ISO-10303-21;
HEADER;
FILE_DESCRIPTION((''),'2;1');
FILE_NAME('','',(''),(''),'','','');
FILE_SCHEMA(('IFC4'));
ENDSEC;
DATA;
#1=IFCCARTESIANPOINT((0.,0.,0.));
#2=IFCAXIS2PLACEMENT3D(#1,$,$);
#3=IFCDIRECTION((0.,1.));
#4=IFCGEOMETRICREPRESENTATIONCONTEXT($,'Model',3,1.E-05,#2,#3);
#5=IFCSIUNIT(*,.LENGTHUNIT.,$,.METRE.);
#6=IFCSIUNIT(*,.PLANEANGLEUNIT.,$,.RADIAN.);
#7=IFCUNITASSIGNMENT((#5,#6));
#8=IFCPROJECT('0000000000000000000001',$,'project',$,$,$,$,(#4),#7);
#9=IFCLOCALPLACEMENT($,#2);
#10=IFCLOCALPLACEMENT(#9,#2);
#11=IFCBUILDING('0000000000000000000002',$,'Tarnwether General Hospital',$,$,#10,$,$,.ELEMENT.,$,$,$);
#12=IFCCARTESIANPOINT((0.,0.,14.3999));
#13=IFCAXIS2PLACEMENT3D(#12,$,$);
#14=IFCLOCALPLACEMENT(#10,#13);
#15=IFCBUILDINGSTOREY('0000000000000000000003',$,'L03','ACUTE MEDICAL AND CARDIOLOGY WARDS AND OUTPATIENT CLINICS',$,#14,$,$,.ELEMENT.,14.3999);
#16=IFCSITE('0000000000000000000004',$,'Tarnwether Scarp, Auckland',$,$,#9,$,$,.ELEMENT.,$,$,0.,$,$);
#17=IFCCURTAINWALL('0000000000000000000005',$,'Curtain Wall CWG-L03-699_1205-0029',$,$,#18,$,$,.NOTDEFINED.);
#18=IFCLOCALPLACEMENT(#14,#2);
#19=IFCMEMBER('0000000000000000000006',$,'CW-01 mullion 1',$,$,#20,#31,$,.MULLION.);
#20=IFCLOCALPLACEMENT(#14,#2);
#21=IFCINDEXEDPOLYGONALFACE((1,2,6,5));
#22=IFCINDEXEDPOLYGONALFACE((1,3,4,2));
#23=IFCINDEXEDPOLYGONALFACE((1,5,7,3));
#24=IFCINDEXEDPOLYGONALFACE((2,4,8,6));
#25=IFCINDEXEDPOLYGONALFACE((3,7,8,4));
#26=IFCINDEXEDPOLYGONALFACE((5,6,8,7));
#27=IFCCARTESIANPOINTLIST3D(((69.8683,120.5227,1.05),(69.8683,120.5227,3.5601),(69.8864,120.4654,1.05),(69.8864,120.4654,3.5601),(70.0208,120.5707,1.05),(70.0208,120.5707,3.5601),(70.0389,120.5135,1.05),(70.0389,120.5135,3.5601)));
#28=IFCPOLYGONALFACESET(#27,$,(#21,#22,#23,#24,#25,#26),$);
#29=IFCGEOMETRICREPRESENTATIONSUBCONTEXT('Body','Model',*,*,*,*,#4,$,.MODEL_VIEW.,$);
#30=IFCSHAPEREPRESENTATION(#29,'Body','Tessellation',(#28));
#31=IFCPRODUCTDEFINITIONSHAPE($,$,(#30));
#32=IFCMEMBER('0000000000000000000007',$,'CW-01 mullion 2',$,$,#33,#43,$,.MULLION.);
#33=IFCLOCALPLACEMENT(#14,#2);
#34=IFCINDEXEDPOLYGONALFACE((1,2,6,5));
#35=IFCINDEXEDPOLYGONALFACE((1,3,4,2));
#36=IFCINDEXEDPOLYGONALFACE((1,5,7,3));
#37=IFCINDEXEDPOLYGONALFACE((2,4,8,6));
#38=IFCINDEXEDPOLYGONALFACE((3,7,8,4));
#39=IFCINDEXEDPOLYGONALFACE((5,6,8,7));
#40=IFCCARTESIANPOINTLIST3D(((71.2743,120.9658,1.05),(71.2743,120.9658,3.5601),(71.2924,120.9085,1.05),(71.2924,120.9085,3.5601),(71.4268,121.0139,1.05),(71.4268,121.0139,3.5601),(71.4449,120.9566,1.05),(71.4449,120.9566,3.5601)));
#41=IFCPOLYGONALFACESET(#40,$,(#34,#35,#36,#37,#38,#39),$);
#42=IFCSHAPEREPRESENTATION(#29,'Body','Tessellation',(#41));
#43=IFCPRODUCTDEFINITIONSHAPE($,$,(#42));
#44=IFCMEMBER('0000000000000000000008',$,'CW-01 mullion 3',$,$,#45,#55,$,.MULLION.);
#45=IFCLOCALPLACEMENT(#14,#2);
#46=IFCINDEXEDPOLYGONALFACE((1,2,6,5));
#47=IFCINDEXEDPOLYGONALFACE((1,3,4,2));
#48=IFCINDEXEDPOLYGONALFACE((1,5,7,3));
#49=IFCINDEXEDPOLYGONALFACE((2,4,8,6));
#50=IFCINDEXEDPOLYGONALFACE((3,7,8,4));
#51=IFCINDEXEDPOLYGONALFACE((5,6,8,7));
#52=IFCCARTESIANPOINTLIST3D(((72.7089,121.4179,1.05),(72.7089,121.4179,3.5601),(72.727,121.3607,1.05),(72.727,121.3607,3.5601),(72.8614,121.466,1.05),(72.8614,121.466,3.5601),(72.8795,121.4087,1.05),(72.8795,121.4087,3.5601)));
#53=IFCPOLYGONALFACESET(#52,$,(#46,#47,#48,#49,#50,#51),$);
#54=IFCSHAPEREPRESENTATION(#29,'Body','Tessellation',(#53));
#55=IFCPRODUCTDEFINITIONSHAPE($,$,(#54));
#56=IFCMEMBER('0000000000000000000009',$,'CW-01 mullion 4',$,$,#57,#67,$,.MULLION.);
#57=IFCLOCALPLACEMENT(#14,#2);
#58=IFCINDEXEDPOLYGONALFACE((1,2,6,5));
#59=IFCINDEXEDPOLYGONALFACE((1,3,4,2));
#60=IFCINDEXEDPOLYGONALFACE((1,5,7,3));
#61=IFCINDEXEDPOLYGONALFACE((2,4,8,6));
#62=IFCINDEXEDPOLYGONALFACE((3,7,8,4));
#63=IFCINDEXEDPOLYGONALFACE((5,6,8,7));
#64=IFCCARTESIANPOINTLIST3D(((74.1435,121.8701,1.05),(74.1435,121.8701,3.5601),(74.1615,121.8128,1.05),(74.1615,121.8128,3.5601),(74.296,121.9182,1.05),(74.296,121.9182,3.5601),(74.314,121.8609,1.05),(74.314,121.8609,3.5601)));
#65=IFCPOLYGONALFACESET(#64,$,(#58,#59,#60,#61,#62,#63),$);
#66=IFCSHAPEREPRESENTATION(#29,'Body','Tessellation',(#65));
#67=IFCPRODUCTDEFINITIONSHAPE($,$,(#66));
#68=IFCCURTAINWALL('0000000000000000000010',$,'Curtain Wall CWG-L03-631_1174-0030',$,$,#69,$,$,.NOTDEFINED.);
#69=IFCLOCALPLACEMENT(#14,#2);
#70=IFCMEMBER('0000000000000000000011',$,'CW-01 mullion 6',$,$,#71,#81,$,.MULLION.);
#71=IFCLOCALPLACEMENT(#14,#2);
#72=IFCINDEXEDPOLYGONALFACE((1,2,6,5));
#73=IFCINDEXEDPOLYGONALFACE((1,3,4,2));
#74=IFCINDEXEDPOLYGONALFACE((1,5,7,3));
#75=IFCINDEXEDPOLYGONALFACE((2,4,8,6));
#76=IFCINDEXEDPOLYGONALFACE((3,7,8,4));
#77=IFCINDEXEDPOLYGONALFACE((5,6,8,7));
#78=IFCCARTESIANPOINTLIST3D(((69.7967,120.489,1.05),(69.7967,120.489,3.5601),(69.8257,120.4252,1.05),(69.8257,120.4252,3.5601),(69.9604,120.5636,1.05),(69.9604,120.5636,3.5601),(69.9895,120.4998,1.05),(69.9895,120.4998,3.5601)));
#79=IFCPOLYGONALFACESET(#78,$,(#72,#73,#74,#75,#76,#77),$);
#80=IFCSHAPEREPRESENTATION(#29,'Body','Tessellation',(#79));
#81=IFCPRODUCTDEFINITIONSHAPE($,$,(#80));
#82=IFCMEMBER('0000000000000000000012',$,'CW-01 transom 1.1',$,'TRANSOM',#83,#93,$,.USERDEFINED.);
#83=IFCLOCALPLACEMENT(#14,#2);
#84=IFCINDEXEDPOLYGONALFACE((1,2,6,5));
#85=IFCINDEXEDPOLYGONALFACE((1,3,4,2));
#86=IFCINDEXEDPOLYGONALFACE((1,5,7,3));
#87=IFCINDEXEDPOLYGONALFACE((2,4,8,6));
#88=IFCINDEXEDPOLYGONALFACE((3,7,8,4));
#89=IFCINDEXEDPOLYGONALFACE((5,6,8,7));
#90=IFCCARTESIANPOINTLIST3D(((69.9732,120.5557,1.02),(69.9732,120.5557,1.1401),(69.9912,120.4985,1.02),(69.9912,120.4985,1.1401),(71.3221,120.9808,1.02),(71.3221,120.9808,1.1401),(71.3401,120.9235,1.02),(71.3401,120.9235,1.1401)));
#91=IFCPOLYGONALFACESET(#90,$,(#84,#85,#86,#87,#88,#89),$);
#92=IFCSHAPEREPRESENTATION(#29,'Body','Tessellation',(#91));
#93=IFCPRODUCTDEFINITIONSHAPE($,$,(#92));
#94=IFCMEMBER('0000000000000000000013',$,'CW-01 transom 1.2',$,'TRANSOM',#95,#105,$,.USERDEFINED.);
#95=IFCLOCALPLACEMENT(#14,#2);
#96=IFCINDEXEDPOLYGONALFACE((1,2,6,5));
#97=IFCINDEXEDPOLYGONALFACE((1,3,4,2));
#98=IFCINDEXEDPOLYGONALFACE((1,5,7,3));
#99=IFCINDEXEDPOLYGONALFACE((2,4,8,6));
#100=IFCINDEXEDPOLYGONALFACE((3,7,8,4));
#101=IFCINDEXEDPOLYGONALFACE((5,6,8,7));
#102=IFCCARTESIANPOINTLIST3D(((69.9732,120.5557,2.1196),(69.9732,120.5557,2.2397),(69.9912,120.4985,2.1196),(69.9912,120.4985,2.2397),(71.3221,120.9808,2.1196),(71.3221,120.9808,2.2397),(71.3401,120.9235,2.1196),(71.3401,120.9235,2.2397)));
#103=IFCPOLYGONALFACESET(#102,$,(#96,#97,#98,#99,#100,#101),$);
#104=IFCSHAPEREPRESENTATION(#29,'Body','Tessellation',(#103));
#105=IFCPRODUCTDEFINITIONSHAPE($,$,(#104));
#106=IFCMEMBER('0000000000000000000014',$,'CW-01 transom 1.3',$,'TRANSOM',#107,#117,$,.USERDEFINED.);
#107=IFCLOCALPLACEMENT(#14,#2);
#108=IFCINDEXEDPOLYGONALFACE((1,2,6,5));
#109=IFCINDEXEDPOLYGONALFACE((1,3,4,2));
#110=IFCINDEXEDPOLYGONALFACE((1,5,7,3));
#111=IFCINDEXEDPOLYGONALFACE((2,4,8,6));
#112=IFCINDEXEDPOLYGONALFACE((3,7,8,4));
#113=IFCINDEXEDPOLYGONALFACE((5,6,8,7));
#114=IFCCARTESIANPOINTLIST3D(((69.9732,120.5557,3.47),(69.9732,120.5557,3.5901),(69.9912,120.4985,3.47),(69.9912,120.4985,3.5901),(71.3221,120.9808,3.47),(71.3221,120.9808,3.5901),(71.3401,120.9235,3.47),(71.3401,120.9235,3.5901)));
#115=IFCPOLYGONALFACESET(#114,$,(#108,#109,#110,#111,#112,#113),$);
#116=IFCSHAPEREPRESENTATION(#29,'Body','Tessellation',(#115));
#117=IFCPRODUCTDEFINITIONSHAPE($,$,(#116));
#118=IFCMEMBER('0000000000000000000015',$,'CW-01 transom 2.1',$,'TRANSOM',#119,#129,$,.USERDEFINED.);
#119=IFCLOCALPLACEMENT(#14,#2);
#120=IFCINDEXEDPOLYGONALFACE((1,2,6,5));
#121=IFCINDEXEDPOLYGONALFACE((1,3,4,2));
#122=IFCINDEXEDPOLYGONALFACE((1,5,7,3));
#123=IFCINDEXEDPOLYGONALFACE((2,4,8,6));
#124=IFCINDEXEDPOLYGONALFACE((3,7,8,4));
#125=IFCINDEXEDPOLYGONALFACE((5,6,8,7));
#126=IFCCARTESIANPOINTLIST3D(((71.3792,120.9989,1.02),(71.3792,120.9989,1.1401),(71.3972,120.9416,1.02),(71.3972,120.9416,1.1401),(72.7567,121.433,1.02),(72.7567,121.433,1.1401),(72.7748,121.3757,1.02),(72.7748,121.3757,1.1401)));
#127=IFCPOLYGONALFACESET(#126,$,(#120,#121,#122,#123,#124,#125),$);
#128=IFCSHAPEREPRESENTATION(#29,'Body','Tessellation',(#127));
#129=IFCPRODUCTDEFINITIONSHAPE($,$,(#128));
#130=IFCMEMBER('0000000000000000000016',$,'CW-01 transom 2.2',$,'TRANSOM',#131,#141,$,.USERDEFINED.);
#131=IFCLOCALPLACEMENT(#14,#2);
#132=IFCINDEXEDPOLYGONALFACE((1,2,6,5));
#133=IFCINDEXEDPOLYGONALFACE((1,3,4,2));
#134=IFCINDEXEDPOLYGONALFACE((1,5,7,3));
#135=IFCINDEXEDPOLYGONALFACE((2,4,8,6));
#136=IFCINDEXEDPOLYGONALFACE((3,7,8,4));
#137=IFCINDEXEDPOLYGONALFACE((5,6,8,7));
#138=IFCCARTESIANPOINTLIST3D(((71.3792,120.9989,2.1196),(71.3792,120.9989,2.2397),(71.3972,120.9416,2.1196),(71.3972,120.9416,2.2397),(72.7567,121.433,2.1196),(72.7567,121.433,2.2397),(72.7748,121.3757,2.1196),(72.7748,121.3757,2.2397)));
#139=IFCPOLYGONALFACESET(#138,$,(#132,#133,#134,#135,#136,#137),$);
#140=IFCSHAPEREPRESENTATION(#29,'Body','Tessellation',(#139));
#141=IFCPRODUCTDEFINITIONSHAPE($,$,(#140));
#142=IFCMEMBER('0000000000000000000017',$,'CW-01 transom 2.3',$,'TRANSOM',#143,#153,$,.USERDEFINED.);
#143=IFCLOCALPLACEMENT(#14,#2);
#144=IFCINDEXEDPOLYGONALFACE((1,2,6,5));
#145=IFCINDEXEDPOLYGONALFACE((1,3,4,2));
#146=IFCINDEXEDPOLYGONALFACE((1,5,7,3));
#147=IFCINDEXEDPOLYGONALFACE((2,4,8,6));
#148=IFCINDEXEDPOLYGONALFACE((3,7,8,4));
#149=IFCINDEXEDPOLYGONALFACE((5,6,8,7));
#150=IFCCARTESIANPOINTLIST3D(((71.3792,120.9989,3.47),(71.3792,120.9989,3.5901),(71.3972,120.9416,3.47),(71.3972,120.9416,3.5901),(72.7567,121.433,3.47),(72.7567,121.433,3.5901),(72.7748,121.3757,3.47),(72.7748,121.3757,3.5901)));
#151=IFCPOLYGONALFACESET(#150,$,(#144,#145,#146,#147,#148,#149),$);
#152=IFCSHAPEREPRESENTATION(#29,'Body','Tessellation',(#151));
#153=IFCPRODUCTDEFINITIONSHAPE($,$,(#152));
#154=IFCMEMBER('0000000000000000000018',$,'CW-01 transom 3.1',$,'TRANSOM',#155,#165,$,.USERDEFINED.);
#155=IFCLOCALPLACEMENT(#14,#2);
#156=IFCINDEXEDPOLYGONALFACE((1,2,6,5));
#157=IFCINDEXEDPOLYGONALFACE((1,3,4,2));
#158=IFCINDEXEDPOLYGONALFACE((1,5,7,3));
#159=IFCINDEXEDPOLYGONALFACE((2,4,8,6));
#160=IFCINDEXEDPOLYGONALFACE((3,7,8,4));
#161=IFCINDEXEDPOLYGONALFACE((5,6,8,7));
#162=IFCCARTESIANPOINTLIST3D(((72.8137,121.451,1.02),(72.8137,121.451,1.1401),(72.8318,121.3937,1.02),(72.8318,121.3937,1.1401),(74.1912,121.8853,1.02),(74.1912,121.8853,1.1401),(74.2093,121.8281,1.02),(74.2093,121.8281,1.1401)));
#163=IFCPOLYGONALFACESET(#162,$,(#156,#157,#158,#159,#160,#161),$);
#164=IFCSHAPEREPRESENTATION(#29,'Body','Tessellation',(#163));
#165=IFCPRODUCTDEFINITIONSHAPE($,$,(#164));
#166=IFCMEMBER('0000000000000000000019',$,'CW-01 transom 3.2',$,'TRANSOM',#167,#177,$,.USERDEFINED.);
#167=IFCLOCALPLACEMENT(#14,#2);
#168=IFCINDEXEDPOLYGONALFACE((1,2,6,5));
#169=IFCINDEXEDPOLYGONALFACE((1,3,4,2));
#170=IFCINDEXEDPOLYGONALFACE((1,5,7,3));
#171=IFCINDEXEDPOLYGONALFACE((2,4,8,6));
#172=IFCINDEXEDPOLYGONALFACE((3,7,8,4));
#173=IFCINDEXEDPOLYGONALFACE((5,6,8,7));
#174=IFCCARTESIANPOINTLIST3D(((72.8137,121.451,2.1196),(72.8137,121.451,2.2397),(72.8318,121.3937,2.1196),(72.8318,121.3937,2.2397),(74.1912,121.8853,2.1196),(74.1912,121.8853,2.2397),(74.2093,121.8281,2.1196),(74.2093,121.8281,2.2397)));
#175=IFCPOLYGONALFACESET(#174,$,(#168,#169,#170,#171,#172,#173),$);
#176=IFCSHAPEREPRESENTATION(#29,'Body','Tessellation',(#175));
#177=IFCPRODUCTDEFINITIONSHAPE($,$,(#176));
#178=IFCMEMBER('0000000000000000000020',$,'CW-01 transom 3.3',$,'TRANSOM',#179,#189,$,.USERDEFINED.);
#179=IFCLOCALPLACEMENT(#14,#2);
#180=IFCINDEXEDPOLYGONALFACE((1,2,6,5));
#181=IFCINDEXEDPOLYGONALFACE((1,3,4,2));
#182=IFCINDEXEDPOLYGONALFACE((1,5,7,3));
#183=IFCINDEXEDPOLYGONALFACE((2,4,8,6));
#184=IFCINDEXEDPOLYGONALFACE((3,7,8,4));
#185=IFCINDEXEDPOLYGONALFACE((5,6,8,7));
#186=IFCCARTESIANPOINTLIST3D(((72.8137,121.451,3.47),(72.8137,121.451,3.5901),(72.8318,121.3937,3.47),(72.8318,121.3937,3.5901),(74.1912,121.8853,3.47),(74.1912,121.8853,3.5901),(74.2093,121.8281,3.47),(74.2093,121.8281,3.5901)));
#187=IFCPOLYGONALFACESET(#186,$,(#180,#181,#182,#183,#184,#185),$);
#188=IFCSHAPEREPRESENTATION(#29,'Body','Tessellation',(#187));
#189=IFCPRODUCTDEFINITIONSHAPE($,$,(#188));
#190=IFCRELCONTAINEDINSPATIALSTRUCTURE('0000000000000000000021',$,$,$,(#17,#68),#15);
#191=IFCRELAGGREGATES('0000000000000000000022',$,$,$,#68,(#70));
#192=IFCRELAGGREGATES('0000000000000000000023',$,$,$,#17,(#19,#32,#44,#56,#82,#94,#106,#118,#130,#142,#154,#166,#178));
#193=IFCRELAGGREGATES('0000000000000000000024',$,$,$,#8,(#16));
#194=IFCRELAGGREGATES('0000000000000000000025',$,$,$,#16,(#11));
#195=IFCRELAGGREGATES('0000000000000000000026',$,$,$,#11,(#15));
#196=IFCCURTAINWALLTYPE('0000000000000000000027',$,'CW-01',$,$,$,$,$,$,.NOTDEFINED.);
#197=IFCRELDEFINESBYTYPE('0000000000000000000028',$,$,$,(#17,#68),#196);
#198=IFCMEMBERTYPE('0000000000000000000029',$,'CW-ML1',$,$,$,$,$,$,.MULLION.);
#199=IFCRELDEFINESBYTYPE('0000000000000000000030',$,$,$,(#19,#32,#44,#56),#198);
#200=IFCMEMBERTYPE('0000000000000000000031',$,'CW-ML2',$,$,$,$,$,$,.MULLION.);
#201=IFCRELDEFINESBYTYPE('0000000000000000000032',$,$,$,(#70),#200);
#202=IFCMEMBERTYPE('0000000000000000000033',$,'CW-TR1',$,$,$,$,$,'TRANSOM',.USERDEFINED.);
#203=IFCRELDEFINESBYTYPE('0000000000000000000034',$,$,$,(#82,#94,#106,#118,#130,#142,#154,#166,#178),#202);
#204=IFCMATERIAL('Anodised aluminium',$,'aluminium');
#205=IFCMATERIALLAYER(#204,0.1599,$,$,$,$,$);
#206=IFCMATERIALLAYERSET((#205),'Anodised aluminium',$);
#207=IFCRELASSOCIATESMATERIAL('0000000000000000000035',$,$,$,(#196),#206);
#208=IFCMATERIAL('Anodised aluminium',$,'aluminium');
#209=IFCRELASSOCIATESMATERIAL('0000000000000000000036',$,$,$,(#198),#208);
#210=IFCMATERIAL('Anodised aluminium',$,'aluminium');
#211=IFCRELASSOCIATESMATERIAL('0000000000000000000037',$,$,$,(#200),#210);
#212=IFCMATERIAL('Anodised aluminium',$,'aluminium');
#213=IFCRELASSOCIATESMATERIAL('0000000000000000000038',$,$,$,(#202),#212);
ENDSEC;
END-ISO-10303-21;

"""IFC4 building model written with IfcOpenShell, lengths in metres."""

from ifc_helpers import new_model, si_unit, direction, frame, origin, origin_2d, place, context, subcontext, project, spatial, rectangle, extrude, material, layer, layer_set, material_profile, profile_set, type_object, element, aggregate, save


model = new_model("IFC4")

# Units and contexts
model_context = context("Model", 3, precision=1e-05, world=origin(), true_north=direction((0.0, 1.0)))
body_context = subcontext(model_context, "Body", "Model", "MODEL_VIEW")
ifc_project = project(units=[si_unit("LENGTHUNIT", "METRE"), si_unit("PLANEANGLEUNIT", "RADIAN")], contexts=[model_context])

# Site, building, storey
site_placement = place(None, origin())
site = spatial("IfcSite", under=ifc_project, at=site_placement, Name="Tarnwether Scarp, Auckland", CompositionType="ELEMENT", RefElevation=0.0)
building_placement = place(site_placement, origin())
building = spatial("IfcBuilding", under=site, at=building_placement, Name="Tarnwether General Hospital", CompositionType="ELEMENT")
storey_placement = place(building_placement, frame((0.0, 0.0, 14.3999)))
storey = spatial("IfcBuildingStorey", under=building, at=storey_placement, Name="L03", Description="ACUTE MEDICAL AND CARDIOLOGY WARDS AND OUTPATIENT CLINICS", CompositionType="ELEMENT", Elevation=14.3999)

# Curtain wall, members
ifc_material_1 = material(Name="Anodised aluminium", Category="aluminium")
ifc_layer_1 = layer(ifc_material_1, 0.1599)
ifc_layer_set_1 = layer_set([ifc_layer_1], Name="Anodised aluminium")
curtain_wall_type = type_object("IfcCurtainWallType", Name="CW-01", PredefinedType="NOTDEFINED", material=ifc_layer_set_1)
curtain_wall_1_placement = place(storey_placement, origin())
curtain_wall_1 = element("IfcCurtainWall", 1, at=curtain_wall_1_placement, inside=storey, type_object=curtain_wall_type, Name="Curtain Wall CWG-L03-699_1205-0029", PredefinedType="NOTDEFINED")
ifc_material_2 = material(Name="Anodised aluminium", Category="aluminium")
ifc_material_profile_1 = material_profile(ifc_material_2, rectangle(XDim=0.0601, YDim=0.1599, at=origin_2d()), Name="ALU-MUL-60x160")
ifc_profile_set_1 = profile_set([ifc_material_profile_1], Name="Anodised aluminium")
member_type_1 = type_object("IfcMemberType", Name="CW-ML1", PredefinedType="MULLION", material=ifc_profile_set_1)
member_1_placement = place(storey_placement, frame((69.9536, 120.5181, 1.05), z_axis=(0.0, 0.0, 1.0), x_axis=(-0.300629, 0.953741, 0.0)))
member_1 = element("IfcMember", 2, at=member_1_placement, type_object=member_type_1, Name="CW-01 mullion 1", PredefinedType="MULLION", context=body_context, shape_type="SweptSolid", body=[
    extrude(rectangle(XDim=0.0601, YDim=0.1599, at=origin_2d()), origin(), (0.0, 0.0, 1.0), 2.51),
])
member_2_placement = place(storey_placement, frame((71.3596, 120.9612, 1.05), z_axis=(0.0, 0.0, 1.0), x_axis=(-0.300629, 0.953741, 0.0)))
member_2 = element("IfcMember", 3, at=member_2_placement, type_object=member_type_1, Name="CW-01 mullion 2", PredefinedType="MULLION", context=body_context, shape_type="SweptSolid", body=[
    extrude(rectangle(XDim=0.0601, YDim=0.1599, at=origin_2d()), origin(), (0.0, 0.0, 1.0), 2.51),
])
member_3_placement = place(storey_placement, frame((72.7942, 121.4133, 1.05), z_axis=(0.0, 0.0, 1.0), x_axis=(-0.300629, 0.953741, 0.0)))
member_3 = element("IfcMember", 4, at=member_3_placement, type_object=member_type_1, Name="CW-01 mullion 3", PredefinedType="MULLION", context=body_context, shape_type="SweptSolid", body=[
    extrude(rectangle(XDim=0.0601, YDim=0.1599, at=origin_2d()), origin(), (0.0, 0.0, 1.0), 2.51),
])
member_4_placement = place(storey_placement, frame((74.2288, 121.8655, 1.05), z_axis=(0.0, 0.0, 1.0), x_axis=(-0.300629, 0.953741, 0.0)))
member_4 = element("IfcMember", 5, at=member_4_placement, type_object=member_type_1, Name="CW-01 mullion 4", PredefinedType="MULLION", context=body_context, shape_type="SweptSolid", body=[
    extrude(rectangle(XDim=0.0601, YDim=0.1599, at=origin_2d()), origin(), (0.0, 0.0, 1.0), 2.51),
])

# Curtain wall, member
curtain_wall_2_placement = place(storey_placement, origin())
curtain_wall_2 = element("IfcCurtainWall", 6, at=curtain_wall_2_placement, inside=storey, type_object=curtain_wall_type, Name="Curtain Wall CWG-L03-631_1174-0030", PredefinedType="NOTDEFINED")
ifc_material_3 = material(Name="Anodised aluminium", Category="aluminium")
ifc_material_profile_2 = material_profile(ifc_material_3, rectangle(XDim=0.0701, YDim=0.1799, at=origin_2d()), Name="ALU-MUL-70x180")
ifc_profile_set_2 = profile_set([ifc_material_profile_2], Name="Anodised aluminium")
member_type_2 = type_object("IfcMemberType", Name="CW-ML2", PredefinedType="MULLION", material=ifc_profile_set_2)
member_5_placement = place(storey_placement, frame((69.8931, 120.4944, 1.05), z_axis=(0.0, 0.0, 1.0), x_axis=(-0.414694, 0.909961, 0.0)))
member_5 = element("IfcMember", 7, at=member_5_placement, type_object=member_type_2, Name="CW-01 mullion 6", PredefinedType="MULLION", context=body_context, shape_type="SweptSolid", body=[
    extrude(rectangle(XDim=0.0701, YDim=0.1799, at=origin_2d()), origin(), (0.0, 0.0, 1.0), 2.51),
])
aggregate(curtain_wall_2, [member_5])

# Members
ifc_material_4 = material(Name="Anodised aluminium", Category="aluminium")
ifc_material_profile_3 = material_profile(ifc_material_4, rectangle(XDim=0.0601, YDim=0.1201, at=origin_2d()), Name="ALU-TRN-60x120")
ifc_profile_set_3 = profile_set([ifc_material_profile_3], Name="Anodised aluminium")
member_type_3 = type_object("IfcMemberType", Name="CW-TR1", ElementType="TRANSOM", PredefinedType="USERDEFINED", material=ifc_profile_set_3)
member_6_placement = place(storey_placement, frame((69.9822, 120.5271, 1.0801), z_axis=(0.953768, 0.300545, 0.0), x_axis=(-0.300545, 0.953768, 0.0)))
member_6 = element("IfcMember", 8, at=member_6_placement, type_object=member_type_3, Name="CW-01 transom 1.1", ObjectType="TRANSOM", PredefinedType="USERDEFINED", context=body_context, shape_type="SweptSolid", body=[
    extrude(rectangle(XDim=0.0601, YDim=0.1201, at=origin_2d()), origin(), (0.0, 0.0, 1.0), 1.4143),
])
member_7_placement = place(storey_placement, frame((69.9822, 120.5271, 2.1797), z_axis=(0.953768, 0.300545, 0.0), x_axis=(-0.300545, 0.953768, 0.0)))
member_7 = element("IfcMember", 9, at=member_7_placement, type_object=member_type_3, Name="CW-01 transom 1.2", ObjectType="TRANSOM", PredefinedType="USERDEFINED", context=body_context, shape_type="SweptSolid", body=[
    extrude(rectangle(XDim=0.0601, YDim=0.1201, at=origin_2d()), origin(), (0.0, 0.0, 1.0), 1.4143),
])
member_8_placement = place(storey_placement, frame((69.9822, 120.5271, 3.53), z_axis=(0.953768, 0.300545, 0.0), x_axis=(-0.300545, 0.953768, 0.0)))
member_8 = element("IfcMember", 10, at=member_8_placement, type_object=member_type_3, Name="CW-01 transom 1.3", ObjectType="TRANSOM", PredefinedType="USERDEFINED", context=body_context, shape_type="SweptSolid", body=[
    extrude(rectangle(XDim=0.0601, YDim=0.1201, at=origin_2d()), origin(), (0.0, 0.0, 1.0), 1.4143),
])
member_9_placement = place(storey_placement, frame((71.3882, 120.9702, 1.0801), z_axis=(0.953761, 0.300565, 0.0), x_axis=(-0.300565, 0.953761, 0.0)))
member_9 = element("IfcMember", 11, at=member_9_placement, type_object=member_type_3, Name="CW-01 transom 2.1", ObjectType="TRANSOM", PredefinedType="USERDEFINED", context=body_context, shape_type="SweptSolid", body=[
    extrude(rectangle(XDim=0.0601, YDim=0.1201, at=origin_2d()), origin(), (0.0, 0.0, 1.0), 1.4443),
])
member_10_placement = place(storey_placement, frame((71.3882, 120.9702, 2.1797), z_axis=(0.953761, 0.300565, 0.0), x_axis=(-0.300565, 0.953761, 0.0)))
member_10 = element("IfcMember", 12, at=member_10_placement, type_object=member_type_3, Name="CW-01 transom 2.2", ObjectType="TRANSOM", PredefinedType="USERDEFINED", context=body_context, shape_type="SweptSolid", body=[
    extrude(rectangle(XDim=0.0601, YDim=0.1201, at=origin_2d()), origin(), (0.0, 0.0, 1.0), 1.4443),
])
member_11_placement = place(storey_placement, frame((71.3882, 120.9702, 3.53), z_axis=(0.953761, 0.300565, 0.0), x_axis=(-0.300565, 0.953761, 0.0)))
member_11 = element("IfcMember", 13, at=member_11_placement, type_object=member_type_3, Name="CW-01 transom 2.3", ObjectType="TRANSOM", PredefinedType="USERDEFINED", context=body_context, shape_type="SweptSolid", body=[
    extrude(rectangle(XDim=0.0601, YDim=0.1201, at=origin_2d()), origin(), (0.0, 0.0, 1.0), 1.4443),
])
member_12_placement = place(storey_placement, frame((72.8228, 121.4224, 1.0801), z_axis=(0.953713, 0.300719, 0.0), x_axis=(-0.300719, 0.953713, 0.0)))
member_12 = element("IfcMember", 14, at=member_12_placement, type_object=member_type_3, Name="CW-01 transom 3.1", ObjectType="TRANSOM", PredefinedType="USERDEFINED", context=body_context, shape_type="SweptSolid", body=[
    extrude(rectangle(XDim=0.0601, YDim=0.1201, at=origin_2d()), origin(), (0.0, 0.0, 1.0), 1.4443),
])
member_13_placement = place(storey_placement, frame((72.8228, 121.4224, 2.1797), z_axis=(0.953713, 0.300719, 0.0), x_axis=(-0.300719, 0.953713, 0.0)))
member_13 = element("IfcMember", 15, at=member_13_placement, type_object=member_type_3, Name="CW-01 transom 3.2", ObjectType="TRANSOM", PredefinedType="USERDEFINED", context=body_context, shape_type="SweptSolid", body=[
    extrude(rectangle(XDim=0.0601, YDim=0.1201, at=origin_2d()), origin(), (0.0, 0.0, 1.0), 1.4443),
])
member_14_placement = place(storey_placement, frame((72.8228, 121.4224, 3.53), z_axis=(0.953713, 0.300719, 0.0), x_axis=(-0.300719, 0.953713, 0.0)))
member_14 = element("IfcMember", 16, at=member_14_placement, type_object=member_type_3, Name="CW-01 transom 3.3", ObjectType="TRANSOM", PredefinedType="USERDEFINED", context=body_context, shape_type="SweptSolid", body=[
    extrude(rectangle(XDim=0.0601, YDim=0.1201, at=origin_2d()), origin(), (0.0, 0.0, 1.0), 1.4443),
])

aggregate(curtain_wall_1, [member_1, member_2, member_3, member_4, member_6, member_7, member_8, member_9, member_10, member_11, member_12, member_13, member_14])

save(model, "model.ifc")
